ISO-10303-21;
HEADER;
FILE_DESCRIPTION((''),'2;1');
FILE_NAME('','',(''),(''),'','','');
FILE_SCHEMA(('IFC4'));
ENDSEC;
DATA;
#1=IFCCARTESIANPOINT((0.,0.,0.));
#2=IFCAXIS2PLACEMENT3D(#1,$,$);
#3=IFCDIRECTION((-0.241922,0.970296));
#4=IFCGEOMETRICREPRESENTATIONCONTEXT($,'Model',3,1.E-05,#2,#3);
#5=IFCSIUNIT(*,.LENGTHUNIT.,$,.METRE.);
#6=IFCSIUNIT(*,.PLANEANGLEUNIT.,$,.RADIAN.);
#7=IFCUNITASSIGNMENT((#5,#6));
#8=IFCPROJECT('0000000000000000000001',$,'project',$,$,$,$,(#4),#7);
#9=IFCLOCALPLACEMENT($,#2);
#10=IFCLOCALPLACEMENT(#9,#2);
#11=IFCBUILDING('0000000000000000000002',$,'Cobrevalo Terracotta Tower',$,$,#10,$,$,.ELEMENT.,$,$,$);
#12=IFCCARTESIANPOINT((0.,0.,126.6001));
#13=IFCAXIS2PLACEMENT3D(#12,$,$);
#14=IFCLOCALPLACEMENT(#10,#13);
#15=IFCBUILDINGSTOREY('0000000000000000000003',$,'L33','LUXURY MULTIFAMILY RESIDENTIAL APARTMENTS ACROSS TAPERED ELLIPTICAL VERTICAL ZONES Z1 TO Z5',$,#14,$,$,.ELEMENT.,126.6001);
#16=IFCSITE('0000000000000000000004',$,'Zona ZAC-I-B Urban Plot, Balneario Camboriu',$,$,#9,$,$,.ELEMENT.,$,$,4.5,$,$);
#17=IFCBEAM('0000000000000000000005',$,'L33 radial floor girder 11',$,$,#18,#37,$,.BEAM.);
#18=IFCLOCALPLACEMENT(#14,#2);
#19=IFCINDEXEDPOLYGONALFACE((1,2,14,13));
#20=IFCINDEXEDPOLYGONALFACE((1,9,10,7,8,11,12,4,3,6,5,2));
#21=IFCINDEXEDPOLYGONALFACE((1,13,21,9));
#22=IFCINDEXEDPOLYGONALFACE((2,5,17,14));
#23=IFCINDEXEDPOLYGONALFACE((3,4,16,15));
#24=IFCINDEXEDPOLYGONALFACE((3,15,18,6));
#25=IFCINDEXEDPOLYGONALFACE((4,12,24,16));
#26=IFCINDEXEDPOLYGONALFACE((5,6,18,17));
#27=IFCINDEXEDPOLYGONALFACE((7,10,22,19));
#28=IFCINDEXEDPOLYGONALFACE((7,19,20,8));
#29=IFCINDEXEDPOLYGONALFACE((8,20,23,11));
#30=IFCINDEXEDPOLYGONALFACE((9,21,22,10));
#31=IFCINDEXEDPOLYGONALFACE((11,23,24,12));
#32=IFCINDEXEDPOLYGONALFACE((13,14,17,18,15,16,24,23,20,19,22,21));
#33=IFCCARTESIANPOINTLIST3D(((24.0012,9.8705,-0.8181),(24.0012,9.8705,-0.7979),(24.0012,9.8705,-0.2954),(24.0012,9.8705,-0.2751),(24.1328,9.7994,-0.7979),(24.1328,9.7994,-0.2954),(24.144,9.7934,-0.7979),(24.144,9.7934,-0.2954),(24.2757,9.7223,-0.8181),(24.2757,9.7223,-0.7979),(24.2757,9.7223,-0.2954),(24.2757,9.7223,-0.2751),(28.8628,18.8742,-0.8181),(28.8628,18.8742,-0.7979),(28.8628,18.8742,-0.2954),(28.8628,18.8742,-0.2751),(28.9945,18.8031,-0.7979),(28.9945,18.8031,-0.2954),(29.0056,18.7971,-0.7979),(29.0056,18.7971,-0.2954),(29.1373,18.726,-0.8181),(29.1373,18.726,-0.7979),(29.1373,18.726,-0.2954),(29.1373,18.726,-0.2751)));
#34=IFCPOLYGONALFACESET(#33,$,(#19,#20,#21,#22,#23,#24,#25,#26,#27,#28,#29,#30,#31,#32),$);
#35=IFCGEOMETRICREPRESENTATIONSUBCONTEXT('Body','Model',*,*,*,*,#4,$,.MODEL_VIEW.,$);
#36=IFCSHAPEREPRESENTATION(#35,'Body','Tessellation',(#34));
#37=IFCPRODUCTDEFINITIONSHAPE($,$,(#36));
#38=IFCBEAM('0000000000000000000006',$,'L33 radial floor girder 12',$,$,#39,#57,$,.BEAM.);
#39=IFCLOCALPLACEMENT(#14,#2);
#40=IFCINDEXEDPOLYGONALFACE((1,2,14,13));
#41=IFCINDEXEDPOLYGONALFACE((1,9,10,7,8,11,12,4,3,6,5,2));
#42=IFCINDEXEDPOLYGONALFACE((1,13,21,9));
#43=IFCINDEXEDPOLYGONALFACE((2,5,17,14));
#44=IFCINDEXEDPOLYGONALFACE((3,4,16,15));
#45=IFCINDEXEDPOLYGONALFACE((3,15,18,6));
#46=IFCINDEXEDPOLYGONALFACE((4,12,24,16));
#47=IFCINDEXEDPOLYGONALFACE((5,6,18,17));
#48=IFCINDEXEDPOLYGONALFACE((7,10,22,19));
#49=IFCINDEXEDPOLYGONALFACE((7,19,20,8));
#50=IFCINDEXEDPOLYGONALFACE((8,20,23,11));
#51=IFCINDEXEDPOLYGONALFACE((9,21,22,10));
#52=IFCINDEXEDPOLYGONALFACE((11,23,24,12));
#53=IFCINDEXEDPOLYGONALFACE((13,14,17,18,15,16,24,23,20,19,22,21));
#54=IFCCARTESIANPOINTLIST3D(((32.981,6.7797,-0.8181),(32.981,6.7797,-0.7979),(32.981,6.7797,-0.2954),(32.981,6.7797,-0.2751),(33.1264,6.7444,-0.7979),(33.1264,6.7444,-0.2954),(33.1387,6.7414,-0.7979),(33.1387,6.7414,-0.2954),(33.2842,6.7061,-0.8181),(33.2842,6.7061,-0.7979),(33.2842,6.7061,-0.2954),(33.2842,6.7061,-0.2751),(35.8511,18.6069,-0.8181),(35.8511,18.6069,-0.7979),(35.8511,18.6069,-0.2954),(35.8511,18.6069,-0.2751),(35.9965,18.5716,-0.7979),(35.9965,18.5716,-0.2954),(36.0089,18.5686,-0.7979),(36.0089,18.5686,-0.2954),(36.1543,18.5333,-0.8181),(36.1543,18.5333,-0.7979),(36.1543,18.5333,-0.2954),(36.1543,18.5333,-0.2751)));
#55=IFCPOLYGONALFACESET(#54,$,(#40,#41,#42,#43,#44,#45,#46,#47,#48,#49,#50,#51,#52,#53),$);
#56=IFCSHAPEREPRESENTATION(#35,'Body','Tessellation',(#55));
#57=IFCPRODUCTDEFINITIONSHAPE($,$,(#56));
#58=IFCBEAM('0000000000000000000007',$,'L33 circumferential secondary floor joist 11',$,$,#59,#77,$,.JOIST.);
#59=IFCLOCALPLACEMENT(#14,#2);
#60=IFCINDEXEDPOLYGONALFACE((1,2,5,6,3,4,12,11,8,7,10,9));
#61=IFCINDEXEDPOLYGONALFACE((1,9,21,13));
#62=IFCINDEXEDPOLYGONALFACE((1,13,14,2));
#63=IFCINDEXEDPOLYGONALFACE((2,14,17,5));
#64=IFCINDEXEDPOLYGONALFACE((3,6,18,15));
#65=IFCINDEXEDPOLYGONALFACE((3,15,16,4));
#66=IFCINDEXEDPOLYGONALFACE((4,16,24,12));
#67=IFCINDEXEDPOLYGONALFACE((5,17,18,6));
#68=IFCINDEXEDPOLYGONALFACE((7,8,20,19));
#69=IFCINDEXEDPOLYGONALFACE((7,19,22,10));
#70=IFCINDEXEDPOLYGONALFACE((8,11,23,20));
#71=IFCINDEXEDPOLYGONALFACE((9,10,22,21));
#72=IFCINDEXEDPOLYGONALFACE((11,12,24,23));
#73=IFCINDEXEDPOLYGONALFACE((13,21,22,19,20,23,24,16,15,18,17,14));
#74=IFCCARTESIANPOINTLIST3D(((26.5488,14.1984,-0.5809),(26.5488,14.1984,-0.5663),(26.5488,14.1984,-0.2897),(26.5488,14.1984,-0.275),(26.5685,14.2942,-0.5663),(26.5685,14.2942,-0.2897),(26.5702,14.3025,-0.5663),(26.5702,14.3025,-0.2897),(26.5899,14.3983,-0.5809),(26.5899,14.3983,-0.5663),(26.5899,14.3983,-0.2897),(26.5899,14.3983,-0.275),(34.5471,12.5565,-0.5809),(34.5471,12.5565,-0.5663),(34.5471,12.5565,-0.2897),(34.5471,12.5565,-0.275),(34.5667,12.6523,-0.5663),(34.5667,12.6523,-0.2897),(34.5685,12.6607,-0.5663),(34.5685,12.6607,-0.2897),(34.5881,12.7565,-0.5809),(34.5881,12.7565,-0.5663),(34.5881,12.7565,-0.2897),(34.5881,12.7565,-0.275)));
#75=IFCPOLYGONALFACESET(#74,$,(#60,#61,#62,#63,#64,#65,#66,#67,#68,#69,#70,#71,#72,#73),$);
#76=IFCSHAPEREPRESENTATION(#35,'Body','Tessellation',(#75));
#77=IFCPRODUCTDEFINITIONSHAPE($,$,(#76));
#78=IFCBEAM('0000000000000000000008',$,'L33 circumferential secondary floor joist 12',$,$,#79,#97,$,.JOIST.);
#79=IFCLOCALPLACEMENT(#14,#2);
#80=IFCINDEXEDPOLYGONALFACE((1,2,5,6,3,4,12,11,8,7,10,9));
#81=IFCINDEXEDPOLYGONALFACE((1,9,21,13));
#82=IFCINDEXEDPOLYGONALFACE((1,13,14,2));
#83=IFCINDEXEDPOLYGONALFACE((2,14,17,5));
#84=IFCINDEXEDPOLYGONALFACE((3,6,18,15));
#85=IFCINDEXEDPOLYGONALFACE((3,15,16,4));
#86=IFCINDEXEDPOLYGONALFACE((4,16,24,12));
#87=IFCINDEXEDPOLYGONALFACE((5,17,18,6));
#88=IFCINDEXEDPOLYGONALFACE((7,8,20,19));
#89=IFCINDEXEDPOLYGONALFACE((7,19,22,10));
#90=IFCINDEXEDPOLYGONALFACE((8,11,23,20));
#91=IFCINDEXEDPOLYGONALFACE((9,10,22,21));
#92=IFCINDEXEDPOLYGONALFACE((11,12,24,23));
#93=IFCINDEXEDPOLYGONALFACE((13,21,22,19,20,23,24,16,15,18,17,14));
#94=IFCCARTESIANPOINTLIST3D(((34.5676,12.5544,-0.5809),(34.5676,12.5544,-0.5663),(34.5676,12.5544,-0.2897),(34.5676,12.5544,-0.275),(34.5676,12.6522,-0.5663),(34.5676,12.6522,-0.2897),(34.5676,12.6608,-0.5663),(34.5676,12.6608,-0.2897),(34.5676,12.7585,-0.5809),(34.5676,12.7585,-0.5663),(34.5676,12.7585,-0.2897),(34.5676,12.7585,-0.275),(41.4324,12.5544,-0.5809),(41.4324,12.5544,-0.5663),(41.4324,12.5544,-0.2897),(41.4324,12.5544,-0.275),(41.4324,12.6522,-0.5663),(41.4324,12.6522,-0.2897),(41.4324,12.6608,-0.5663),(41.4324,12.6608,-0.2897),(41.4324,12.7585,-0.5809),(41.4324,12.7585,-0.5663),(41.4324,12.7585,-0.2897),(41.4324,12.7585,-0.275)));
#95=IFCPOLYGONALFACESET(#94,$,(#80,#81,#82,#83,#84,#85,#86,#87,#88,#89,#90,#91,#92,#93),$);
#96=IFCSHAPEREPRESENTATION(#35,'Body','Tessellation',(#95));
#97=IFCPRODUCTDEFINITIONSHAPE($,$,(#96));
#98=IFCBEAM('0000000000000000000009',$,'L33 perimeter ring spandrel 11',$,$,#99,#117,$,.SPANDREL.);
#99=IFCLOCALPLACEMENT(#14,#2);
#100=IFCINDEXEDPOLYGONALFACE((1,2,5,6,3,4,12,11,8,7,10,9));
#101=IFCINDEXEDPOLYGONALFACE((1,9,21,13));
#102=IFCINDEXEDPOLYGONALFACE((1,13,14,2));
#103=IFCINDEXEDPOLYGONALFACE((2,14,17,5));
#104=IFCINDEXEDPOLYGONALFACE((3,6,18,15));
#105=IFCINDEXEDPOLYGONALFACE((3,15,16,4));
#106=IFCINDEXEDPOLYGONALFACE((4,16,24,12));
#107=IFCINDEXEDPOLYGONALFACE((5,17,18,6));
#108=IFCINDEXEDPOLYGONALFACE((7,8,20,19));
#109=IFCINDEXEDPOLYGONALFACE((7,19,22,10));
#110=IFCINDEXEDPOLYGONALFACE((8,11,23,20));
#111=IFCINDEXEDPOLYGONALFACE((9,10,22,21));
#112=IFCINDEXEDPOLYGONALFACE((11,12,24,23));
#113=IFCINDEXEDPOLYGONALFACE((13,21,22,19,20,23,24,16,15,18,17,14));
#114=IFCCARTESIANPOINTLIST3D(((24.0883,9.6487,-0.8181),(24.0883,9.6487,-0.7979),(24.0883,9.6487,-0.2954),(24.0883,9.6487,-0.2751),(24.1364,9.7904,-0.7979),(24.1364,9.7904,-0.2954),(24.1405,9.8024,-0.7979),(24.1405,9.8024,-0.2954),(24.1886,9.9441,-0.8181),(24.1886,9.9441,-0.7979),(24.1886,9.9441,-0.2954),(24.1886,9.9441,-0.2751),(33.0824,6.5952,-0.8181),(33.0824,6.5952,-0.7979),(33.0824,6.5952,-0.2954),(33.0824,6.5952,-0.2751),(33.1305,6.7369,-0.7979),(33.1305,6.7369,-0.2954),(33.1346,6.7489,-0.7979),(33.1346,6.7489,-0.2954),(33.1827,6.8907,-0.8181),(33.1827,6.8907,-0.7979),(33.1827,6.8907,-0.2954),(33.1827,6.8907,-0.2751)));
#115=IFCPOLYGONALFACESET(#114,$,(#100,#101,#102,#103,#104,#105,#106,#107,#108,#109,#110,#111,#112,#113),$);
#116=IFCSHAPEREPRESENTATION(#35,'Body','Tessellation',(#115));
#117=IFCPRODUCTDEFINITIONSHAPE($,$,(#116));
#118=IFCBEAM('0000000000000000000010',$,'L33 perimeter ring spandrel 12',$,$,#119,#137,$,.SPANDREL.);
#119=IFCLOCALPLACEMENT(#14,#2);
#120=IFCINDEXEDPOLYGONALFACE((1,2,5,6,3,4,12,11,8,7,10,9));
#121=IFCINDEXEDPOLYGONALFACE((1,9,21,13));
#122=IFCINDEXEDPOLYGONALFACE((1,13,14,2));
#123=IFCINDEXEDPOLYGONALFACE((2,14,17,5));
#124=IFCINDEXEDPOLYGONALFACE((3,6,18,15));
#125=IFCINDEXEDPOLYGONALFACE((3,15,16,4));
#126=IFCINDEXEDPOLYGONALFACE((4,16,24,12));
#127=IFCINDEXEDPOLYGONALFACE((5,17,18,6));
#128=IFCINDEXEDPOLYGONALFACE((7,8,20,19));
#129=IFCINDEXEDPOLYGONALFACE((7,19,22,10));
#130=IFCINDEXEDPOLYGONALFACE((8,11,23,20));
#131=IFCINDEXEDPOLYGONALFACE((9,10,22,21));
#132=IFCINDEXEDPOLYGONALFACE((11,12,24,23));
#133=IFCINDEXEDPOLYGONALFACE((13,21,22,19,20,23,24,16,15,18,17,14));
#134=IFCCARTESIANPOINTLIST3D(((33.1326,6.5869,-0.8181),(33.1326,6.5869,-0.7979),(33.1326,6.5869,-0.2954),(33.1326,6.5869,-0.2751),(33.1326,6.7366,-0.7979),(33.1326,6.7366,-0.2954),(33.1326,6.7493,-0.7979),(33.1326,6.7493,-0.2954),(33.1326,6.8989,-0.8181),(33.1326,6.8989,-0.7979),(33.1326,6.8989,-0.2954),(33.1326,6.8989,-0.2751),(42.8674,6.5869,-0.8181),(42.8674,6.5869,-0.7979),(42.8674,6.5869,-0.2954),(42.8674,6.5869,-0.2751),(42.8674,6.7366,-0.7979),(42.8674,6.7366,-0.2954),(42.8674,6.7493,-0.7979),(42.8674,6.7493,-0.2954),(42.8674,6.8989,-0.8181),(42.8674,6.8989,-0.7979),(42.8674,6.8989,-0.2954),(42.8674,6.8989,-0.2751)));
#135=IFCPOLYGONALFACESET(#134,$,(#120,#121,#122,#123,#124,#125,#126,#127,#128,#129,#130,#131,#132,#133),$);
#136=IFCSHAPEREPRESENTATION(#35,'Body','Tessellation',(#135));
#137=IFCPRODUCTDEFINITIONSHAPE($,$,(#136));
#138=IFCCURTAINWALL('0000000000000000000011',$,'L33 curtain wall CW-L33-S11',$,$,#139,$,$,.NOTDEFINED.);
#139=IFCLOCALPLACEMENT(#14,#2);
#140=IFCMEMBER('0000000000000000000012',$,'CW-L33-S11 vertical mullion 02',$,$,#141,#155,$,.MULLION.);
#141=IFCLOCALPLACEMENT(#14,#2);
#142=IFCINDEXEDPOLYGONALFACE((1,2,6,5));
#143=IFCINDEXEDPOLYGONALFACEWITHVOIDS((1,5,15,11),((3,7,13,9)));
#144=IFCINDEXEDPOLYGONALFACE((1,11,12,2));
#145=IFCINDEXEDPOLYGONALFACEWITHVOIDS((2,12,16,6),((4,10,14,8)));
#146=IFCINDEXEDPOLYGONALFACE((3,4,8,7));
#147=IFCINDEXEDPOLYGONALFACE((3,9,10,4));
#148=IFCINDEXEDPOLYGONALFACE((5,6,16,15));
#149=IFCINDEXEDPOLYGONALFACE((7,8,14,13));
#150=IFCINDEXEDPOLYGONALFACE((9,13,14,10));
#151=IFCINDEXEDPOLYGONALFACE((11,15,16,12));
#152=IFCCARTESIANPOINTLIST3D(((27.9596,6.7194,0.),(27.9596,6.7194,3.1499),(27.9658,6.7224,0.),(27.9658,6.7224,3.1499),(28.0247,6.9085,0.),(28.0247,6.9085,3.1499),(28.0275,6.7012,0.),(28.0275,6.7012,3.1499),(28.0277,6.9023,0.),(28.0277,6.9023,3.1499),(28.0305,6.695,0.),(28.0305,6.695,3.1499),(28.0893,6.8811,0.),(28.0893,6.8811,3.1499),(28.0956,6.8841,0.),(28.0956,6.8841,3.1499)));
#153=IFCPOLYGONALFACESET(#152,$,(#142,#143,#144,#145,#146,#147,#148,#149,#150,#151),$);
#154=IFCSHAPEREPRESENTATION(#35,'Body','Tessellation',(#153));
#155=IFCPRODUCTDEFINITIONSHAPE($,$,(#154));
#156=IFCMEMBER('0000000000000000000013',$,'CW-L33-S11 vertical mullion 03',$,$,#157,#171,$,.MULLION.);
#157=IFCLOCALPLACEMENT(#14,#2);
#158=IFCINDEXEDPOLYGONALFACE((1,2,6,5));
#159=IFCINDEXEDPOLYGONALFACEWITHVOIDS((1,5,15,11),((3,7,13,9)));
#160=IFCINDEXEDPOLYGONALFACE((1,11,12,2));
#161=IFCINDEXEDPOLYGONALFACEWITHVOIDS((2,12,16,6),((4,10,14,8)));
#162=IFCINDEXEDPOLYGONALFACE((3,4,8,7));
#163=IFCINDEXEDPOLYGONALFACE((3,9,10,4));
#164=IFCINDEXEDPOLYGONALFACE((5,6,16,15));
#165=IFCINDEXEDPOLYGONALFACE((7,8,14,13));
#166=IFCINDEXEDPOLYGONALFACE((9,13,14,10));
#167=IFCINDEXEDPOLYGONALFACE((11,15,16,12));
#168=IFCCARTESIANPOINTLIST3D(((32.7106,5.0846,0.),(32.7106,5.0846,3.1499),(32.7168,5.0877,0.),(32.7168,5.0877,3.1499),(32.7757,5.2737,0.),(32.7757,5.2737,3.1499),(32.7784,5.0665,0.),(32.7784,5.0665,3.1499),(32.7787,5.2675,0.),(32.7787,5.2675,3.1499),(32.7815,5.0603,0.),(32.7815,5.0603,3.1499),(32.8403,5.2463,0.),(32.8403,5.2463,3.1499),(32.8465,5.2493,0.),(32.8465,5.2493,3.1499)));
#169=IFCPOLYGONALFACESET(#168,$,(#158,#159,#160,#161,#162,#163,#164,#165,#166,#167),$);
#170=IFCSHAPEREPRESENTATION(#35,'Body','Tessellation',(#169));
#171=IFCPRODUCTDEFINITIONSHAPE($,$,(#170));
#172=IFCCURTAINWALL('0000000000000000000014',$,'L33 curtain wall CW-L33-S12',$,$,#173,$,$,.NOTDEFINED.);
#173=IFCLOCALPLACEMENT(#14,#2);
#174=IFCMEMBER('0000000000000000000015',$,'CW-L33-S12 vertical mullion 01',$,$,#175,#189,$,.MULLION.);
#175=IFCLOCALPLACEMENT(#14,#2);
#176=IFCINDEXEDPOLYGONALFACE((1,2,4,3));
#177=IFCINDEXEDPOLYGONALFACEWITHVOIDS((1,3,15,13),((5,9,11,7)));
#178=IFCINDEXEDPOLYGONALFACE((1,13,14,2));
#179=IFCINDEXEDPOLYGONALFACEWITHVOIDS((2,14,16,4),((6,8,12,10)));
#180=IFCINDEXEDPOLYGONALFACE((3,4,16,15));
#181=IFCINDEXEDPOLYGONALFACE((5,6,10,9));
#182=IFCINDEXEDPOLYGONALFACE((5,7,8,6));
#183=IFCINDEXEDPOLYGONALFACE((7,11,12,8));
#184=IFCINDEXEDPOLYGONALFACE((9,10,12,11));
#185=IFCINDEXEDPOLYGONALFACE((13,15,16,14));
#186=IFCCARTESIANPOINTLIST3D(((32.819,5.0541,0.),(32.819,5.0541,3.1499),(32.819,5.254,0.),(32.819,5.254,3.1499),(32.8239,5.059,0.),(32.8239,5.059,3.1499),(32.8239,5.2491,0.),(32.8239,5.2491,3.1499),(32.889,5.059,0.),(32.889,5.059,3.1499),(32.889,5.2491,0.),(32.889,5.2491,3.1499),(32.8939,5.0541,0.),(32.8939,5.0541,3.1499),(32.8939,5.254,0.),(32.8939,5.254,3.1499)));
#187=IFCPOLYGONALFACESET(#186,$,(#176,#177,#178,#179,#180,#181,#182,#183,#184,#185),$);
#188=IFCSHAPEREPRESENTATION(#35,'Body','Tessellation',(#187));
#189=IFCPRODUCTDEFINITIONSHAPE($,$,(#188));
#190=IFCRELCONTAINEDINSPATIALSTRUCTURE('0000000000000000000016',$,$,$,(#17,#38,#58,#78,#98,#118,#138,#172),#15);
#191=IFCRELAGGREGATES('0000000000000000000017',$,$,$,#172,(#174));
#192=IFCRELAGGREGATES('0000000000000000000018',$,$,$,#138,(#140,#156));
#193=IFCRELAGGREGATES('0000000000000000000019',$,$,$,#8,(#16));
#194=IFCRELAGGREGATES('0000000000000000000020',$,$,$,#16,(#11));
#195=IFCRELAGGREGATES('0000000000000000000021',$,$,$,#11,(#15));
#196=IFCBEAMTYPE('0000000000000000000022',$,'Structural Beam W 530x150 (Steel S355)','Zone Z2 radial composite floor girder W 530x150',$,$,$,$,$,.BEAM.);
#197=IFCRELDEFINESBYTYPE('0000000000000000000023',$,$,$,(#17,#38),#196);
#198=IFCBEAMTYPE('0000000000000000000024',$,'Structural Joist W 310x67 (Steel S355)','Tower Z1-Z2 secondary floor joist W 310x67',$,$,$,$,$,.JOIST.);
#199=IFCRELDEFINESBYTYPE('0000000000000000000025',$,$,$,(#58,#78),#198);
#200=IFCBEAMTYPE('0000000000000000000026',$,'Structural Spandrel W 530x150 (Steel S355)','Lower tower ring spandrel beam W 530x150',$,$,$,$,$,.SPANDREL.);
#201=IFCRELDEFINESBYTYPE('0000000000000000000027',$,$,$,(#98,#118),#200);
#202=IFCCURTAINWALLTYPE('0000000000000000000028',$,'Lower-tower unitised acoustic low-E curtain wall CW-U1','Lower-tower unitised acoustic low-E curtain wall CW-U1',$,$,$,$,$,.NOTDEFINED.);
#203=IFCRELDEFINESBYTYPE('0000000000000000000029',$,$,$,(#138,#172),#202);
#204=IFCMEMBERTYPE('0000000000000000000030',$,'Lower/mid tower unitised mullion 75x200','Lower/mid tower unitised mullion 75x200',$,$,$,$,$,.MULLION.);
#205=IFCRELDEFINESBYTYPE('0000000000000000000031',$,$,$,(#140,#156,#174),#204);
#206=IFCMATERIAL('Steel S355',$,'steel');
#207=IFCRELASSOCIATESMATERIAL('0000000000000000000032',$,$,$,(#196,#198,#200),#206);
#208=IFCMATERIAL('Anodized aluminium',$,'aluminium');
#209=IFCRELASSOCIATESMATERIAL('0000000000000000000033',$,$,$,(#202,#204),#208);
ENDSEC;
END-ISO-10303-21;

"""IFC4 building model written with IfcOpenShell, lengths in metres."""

from ifc_helpers import new_model, si_unit, direction, frame, origin, origin_2d, place, context, subcontext, project, spatial, hollow_rectangle, i_section, extrude, source, transform, mapped, material, material_profile, profile_set, type_object, element, aggregate, save


model = new_model("IFC4")

# Units and contexts
model_context = context("Model", 3, precision=1e-05, world=origin(), true_north=direction((-0.241922, 0.970296)))
body_context = subcontext(model_context, "Body", "Model", "MODEL_VIEW")
ifc_project = project(units=[si_unit("LENGTHUNIT", "METRE"), si_unit("PLANEANGLEUNIT", "RADIAN")], contexts=[model_context])

# Site, building, storey
site_placement = place(None, origin())
site = spatial("IfcSite", under=ifc_project, at=site_placement, Name="Zona ZAC-I-B Urban Plot, Balneario Camboriu", CompositionType="ELEMENT", RefElevation=4.5)
building_placement = place(site_placement, origin())
building = spatial("IfcBuilding", under=site, at=building_placement, Name="Cobrevalo Terracotta Tower", CompositionType="ELEMENT")
storey_placement = place(building_placement, frame((0.0, 0.0, 126.6001)))
storey = spatial("IfcBuildingStorey", under=building, at=storey_placement, Name="L33", Description="LUXURY MULTIFAMILY RESIDENTIAL APARTMENTS ACROSS TAPERED ELLIPTICAL VERTICAL ZONES Z1 TO Z5", CompositionType="ELEMENT", Elevation=126.6001)

# Shared definitions
ifc_material_1 = material(Name="Steel S355", Category="steel")

# Beams
ifc_material_profile_1 = material_profile(ifc_material_1, i_section(OverallWidth=0.312, OverallDepth=0.543, WebThickness=0.0127, FlangeThickness=0.0203, at=origin_2d()), Name="W 530x150")
ifc_profile_set_1 = profile_set([ifc_material_profile_1], Name="Steel S355")
beam_type_1 = type_object("IfcBeamType", Name="Structural Beam W 530x150 (Steel S355)", Description="Zone Z2 radial composite floor girder W 530x150", PredefinedType="BEAM", material=ifc_profile_set_1)
beam_1_placement = place(storey_placement, frame((24.1384, 9.7964, -0.5466), z_axis=(0.475118, 0.879922, 0.0), x_axis=(-0.879922, 0.475118, 0.0)))
element("IfcBeam", 1, at=beam_1_placement, inside=storey, type_object=beam_type_1, Name="L33 radial floor girder 11", PredefinedType="BEAM", context=body_context, shape_type="SweptSolid", body=[
    extrude(i_section(OverallWidth=0.312, OverallDepth=0.543, WebThickness=0.0127, FlangeThickness=0.0203, at=origin_2d()), origin(), (0.0, 0.0, 1.0), 10.2324),
])
beam_2_placement = place(storey_placement, frame((33.1326, 6.7429, -0.5466), z_axis=(0.235827, 0.971795, 0.0), x_axis=(-0.971795, 0.235827, 0.0)))
element("IfcBeam", 2, at=beam_2_placement, inside=storey, type_object=beam_type_1, Name="L33 radial floor girder 12", PredefinedType="BEAM", context=body_context, shape_type="SweptSolid", body=[
    extrude(i_section(OverallWidth=0.312, OverallDepth=0.543, WebThickness=0.0127, FlangeThickness=0.0203, at=origin_2d()), origin(), (0.0, 0.0, 1.0), 12.1704),
])
ifc_material_profile_2 = material_profile(ifc_material_1, i_section(OverallWidth=0.2041, OverallDepth=0.3059, WebThickness=0.0085, FlangeThickness=0.0146, at=origin_2d()), Name="W 310x67")
ifc_profile_set_2 = profile_set([ifc_material_profile_2], Name="Steel S355")
beam_type_2 = type_object("IfcBeamType", Name="Structural Joist W 310x67 (Steel S355)", Description="Tower Z1-Z2 secondary floor joist W 310x67", PredefinedType="JOIST", material=ifc_profile_set_2)
beam_3_placement = place(storey_placement, frame((26.5693, 14.2983, -0.428), z_axis=(0.979574, -0.201082, 0.0), x_axis=(0.201082, 0.979574, 0.0)))
element("IfcBeam", 3, at=beam_3_placement, inside=storey, type_object=beam_type_2, Name="L33 circumferential secondary floor joist 11", PredefinedType="JOIST", context=body_context, shape_type="SweptSolid", body=[
    extrude(i_section(OverallWidth=0.2041, OverallDepth=0.3059, WebThickness=0.0085, FlangeThickness=0.0146, at=origin_2d()), origin(), (0.0, 0.0, 1.0), 8.165),
])
beam_4_placement = place(storey_placement, frame((34.5676, 12.6565, -0.428), z_axis=(1.0, 0.0, 0.0), x_axis=(0.0, 1.0, 0.0)))
element("IfcBeam", 4, at=beam_4_placement, inside=storey, type_object=beam_type_2, Name="L33 circumferential secondary floor joist 12", PredefinedType="JOIST", context=body_context, shape_type="SweptSolid", body=[
    extrude(i_section(OverallWidth=0.2041, OverallDepth=0.3059, WebThickness=0.0085, FlangeThickness=0.0146, at=origin_2d()), origin(), (0.0, 0.0, 1.0), 6.8647),
])
ifc_material_profile_3 = material_profile(ifc_material_1, i_section(OverallWidth=0.312, OverallDepth=0.543, WebThickness=0.0127, FlangeThickness=0.0203, at=origin_2d()), Name="W 530x150")
ifc_profile_set_3 = profile_set([ifc_material_profile_3], Name="Steel S355")
beam_type_3 = type_object("IfcBeamType", Name="Structural Spandrel W 530x150 (Steel S355)", Description="Lower tower ring spandrel beam W 530x150", PredefinedType="SPANDREL", material=ifc_profile_set_3)
beam_5_placement = place(storey_placement, frame((24.1384, 9.7964, -0.5466), z_axis=(0.946918, -0.321474, 0.0), x_axis=(0.321474, 0.946918, 0.0)))
element("IfcBeam", 5, at=beam_5_placement, inside=storey, type_object=beam_type_3, Name="L33 perimeter ring spandrel 11", PredefinedType="SPANDREL", context=body_context, shape_type="SweptSolid", body=[
    extrude(i_section(OverallWidth=0.312, OverallDepth=0.543, WebThickness=0.0127, FlangeThickness=0.0203, at=origin_2d()), origin(), (0.0, 0.0, 1.0), 9.4983),
])
beam_6_placement = place(storey_placement, frame((33.1326, 6.7429, -0.5466), z_axis=(1.0, 0.0, 0.0), x_axis=(0.0, 1.0, 0.0)))
element("IfcBeam", 6, at=beam_6_placement, inside=storey, type_object=beam_type_3, Name="L33 perimeter ring spandrel 12", PredefinedType="SPANDREL", context=body_context, shape_type="SweptSolid", body=[
    extrude(i_section(OverallWidth=0.312, OverallDepth=0.543, WebThickness=0.0127, FlangeThickness=0.0203, at=origin_2d()), origin(), (0.0, 0.0, 1.0), 9.7349),
])

# Curtain wall, members
ifc_material_2 = material(Name="Anodized aluminium", Category="aluminium")
curtain_wall_type = type_object("IfcCurtainWallType", Name="Lower-tower unitised acoustic low-E curtain wall CW-U1", Description="Lower-tower unitised acoustic low-E curtain wall CW-U1", PredefinedType="NOTDEFINED", material=ifc_material_2)
curtain_wall_1_placement = place(storey_placement, origin())
curtain_wall_1 = element("IfcCurtainWall", 7, at=curtain_wall_1_placement, inside=storey, type_object=curtain_wall_type, Name="L33 curtain wall CW-L33-S11", PredefinedType="NOTDEFINED")
ifc_material_profile_4 = material_profile(ifc_material_2, hollow_rectangle(XDim=0.075, YDim=0.2, WallThickness=0.0049, at=origin_2d()), Name="CWM 75x200")
ifc_profile_set_4 = profile_set([ifc_material_profile_4], Name="Anodized aluminium")
member_type_1 = type_object("IfcMemberType", Name="Lower/mid tower unitised mullion 75x200", Description="Lower/mid tower unitised mullion 75x200", PredefinedType="MULLION", material=ifc_profile_set_4)
shared_shape_1 = source(origin(), body_context, "Body", "SweptSolid", [
    extrude(hollow_rectangle(XDim=0.075, YDim=0.2, WallThickness=0.0049, at=origin_2d()), origin(), (0.0, 0.0, 1.0), 3.1499),
])
member_1_placement = place(storey_placement, frame((28.0276, 6.8018, 0.0), z_axis=(0.0, 0.0, 1.0), x_axis=(0.945598, -0.325337, 0.0)))
member_1 = element("IfcMember", 8, at=member_1_placement, type_object=member_type_1, Name="CW-L33-S11 vertical mullion 02", PredefinedType="MULLION", context=body_context, shape_type="MappedRepresentation", body=[
    mapped(shared_shape_1, transform((0.0, 0.0, 0.0), scale=1.0)),
])
member_2_placement = place(storey_placement, frame((32.7786, 5.167, 0.0), z_axis=(0.0, 0.0, 1.0), x_axis=(0.945598, -0.325337, 0.0)))
member_2 = element("IfcMember", 9, at=member_2_placement, type_object=member_type_1, Name="CW-L33-S11 vertical mullion 03", PredefinedType="MULLION", context=body_context, shape_type="MappedRepresentation", body=[
    mapped(shared_shape_1, transform((0.0, 0.0, 0.0), scale=1.0)),
])

# Curtain wall, member
curtain_wall_2_placement = place(storey_placement, origin())
curtain_wall_2 = element("IfcCurtainWall", 10, at=curtain_wall_2_placement, inside=storey, type_object=curtain_wall_type, Name="L33 curtain wall CW-L33-S12", PredefinedType="NOTDEFINED")
member_3_placement = place(storey_placement, frame((32.8564, 5.1541, 0.0), z_axis=(0.0, 0.0, 1.0), x_axis=(1.0, 0.0, 0.0)))
member_3 = element("IfcMember", 11, at=member_3_placement, type_object=member_type_1, Name="CW-L33-S12 vertical mullion 01", PredefinedType="MULLION", context=body_context, shape_type="MappedRepresentation", body=[
    mapped(shared_shape_1, transform((0.0, 0.0, 0.0), scale=1.0)),
])

aggregate(curtain_wall_2, [member_3])

aggregate(curtain_wall_1, [member_1, member_2])

save(model, "model.ifc")
